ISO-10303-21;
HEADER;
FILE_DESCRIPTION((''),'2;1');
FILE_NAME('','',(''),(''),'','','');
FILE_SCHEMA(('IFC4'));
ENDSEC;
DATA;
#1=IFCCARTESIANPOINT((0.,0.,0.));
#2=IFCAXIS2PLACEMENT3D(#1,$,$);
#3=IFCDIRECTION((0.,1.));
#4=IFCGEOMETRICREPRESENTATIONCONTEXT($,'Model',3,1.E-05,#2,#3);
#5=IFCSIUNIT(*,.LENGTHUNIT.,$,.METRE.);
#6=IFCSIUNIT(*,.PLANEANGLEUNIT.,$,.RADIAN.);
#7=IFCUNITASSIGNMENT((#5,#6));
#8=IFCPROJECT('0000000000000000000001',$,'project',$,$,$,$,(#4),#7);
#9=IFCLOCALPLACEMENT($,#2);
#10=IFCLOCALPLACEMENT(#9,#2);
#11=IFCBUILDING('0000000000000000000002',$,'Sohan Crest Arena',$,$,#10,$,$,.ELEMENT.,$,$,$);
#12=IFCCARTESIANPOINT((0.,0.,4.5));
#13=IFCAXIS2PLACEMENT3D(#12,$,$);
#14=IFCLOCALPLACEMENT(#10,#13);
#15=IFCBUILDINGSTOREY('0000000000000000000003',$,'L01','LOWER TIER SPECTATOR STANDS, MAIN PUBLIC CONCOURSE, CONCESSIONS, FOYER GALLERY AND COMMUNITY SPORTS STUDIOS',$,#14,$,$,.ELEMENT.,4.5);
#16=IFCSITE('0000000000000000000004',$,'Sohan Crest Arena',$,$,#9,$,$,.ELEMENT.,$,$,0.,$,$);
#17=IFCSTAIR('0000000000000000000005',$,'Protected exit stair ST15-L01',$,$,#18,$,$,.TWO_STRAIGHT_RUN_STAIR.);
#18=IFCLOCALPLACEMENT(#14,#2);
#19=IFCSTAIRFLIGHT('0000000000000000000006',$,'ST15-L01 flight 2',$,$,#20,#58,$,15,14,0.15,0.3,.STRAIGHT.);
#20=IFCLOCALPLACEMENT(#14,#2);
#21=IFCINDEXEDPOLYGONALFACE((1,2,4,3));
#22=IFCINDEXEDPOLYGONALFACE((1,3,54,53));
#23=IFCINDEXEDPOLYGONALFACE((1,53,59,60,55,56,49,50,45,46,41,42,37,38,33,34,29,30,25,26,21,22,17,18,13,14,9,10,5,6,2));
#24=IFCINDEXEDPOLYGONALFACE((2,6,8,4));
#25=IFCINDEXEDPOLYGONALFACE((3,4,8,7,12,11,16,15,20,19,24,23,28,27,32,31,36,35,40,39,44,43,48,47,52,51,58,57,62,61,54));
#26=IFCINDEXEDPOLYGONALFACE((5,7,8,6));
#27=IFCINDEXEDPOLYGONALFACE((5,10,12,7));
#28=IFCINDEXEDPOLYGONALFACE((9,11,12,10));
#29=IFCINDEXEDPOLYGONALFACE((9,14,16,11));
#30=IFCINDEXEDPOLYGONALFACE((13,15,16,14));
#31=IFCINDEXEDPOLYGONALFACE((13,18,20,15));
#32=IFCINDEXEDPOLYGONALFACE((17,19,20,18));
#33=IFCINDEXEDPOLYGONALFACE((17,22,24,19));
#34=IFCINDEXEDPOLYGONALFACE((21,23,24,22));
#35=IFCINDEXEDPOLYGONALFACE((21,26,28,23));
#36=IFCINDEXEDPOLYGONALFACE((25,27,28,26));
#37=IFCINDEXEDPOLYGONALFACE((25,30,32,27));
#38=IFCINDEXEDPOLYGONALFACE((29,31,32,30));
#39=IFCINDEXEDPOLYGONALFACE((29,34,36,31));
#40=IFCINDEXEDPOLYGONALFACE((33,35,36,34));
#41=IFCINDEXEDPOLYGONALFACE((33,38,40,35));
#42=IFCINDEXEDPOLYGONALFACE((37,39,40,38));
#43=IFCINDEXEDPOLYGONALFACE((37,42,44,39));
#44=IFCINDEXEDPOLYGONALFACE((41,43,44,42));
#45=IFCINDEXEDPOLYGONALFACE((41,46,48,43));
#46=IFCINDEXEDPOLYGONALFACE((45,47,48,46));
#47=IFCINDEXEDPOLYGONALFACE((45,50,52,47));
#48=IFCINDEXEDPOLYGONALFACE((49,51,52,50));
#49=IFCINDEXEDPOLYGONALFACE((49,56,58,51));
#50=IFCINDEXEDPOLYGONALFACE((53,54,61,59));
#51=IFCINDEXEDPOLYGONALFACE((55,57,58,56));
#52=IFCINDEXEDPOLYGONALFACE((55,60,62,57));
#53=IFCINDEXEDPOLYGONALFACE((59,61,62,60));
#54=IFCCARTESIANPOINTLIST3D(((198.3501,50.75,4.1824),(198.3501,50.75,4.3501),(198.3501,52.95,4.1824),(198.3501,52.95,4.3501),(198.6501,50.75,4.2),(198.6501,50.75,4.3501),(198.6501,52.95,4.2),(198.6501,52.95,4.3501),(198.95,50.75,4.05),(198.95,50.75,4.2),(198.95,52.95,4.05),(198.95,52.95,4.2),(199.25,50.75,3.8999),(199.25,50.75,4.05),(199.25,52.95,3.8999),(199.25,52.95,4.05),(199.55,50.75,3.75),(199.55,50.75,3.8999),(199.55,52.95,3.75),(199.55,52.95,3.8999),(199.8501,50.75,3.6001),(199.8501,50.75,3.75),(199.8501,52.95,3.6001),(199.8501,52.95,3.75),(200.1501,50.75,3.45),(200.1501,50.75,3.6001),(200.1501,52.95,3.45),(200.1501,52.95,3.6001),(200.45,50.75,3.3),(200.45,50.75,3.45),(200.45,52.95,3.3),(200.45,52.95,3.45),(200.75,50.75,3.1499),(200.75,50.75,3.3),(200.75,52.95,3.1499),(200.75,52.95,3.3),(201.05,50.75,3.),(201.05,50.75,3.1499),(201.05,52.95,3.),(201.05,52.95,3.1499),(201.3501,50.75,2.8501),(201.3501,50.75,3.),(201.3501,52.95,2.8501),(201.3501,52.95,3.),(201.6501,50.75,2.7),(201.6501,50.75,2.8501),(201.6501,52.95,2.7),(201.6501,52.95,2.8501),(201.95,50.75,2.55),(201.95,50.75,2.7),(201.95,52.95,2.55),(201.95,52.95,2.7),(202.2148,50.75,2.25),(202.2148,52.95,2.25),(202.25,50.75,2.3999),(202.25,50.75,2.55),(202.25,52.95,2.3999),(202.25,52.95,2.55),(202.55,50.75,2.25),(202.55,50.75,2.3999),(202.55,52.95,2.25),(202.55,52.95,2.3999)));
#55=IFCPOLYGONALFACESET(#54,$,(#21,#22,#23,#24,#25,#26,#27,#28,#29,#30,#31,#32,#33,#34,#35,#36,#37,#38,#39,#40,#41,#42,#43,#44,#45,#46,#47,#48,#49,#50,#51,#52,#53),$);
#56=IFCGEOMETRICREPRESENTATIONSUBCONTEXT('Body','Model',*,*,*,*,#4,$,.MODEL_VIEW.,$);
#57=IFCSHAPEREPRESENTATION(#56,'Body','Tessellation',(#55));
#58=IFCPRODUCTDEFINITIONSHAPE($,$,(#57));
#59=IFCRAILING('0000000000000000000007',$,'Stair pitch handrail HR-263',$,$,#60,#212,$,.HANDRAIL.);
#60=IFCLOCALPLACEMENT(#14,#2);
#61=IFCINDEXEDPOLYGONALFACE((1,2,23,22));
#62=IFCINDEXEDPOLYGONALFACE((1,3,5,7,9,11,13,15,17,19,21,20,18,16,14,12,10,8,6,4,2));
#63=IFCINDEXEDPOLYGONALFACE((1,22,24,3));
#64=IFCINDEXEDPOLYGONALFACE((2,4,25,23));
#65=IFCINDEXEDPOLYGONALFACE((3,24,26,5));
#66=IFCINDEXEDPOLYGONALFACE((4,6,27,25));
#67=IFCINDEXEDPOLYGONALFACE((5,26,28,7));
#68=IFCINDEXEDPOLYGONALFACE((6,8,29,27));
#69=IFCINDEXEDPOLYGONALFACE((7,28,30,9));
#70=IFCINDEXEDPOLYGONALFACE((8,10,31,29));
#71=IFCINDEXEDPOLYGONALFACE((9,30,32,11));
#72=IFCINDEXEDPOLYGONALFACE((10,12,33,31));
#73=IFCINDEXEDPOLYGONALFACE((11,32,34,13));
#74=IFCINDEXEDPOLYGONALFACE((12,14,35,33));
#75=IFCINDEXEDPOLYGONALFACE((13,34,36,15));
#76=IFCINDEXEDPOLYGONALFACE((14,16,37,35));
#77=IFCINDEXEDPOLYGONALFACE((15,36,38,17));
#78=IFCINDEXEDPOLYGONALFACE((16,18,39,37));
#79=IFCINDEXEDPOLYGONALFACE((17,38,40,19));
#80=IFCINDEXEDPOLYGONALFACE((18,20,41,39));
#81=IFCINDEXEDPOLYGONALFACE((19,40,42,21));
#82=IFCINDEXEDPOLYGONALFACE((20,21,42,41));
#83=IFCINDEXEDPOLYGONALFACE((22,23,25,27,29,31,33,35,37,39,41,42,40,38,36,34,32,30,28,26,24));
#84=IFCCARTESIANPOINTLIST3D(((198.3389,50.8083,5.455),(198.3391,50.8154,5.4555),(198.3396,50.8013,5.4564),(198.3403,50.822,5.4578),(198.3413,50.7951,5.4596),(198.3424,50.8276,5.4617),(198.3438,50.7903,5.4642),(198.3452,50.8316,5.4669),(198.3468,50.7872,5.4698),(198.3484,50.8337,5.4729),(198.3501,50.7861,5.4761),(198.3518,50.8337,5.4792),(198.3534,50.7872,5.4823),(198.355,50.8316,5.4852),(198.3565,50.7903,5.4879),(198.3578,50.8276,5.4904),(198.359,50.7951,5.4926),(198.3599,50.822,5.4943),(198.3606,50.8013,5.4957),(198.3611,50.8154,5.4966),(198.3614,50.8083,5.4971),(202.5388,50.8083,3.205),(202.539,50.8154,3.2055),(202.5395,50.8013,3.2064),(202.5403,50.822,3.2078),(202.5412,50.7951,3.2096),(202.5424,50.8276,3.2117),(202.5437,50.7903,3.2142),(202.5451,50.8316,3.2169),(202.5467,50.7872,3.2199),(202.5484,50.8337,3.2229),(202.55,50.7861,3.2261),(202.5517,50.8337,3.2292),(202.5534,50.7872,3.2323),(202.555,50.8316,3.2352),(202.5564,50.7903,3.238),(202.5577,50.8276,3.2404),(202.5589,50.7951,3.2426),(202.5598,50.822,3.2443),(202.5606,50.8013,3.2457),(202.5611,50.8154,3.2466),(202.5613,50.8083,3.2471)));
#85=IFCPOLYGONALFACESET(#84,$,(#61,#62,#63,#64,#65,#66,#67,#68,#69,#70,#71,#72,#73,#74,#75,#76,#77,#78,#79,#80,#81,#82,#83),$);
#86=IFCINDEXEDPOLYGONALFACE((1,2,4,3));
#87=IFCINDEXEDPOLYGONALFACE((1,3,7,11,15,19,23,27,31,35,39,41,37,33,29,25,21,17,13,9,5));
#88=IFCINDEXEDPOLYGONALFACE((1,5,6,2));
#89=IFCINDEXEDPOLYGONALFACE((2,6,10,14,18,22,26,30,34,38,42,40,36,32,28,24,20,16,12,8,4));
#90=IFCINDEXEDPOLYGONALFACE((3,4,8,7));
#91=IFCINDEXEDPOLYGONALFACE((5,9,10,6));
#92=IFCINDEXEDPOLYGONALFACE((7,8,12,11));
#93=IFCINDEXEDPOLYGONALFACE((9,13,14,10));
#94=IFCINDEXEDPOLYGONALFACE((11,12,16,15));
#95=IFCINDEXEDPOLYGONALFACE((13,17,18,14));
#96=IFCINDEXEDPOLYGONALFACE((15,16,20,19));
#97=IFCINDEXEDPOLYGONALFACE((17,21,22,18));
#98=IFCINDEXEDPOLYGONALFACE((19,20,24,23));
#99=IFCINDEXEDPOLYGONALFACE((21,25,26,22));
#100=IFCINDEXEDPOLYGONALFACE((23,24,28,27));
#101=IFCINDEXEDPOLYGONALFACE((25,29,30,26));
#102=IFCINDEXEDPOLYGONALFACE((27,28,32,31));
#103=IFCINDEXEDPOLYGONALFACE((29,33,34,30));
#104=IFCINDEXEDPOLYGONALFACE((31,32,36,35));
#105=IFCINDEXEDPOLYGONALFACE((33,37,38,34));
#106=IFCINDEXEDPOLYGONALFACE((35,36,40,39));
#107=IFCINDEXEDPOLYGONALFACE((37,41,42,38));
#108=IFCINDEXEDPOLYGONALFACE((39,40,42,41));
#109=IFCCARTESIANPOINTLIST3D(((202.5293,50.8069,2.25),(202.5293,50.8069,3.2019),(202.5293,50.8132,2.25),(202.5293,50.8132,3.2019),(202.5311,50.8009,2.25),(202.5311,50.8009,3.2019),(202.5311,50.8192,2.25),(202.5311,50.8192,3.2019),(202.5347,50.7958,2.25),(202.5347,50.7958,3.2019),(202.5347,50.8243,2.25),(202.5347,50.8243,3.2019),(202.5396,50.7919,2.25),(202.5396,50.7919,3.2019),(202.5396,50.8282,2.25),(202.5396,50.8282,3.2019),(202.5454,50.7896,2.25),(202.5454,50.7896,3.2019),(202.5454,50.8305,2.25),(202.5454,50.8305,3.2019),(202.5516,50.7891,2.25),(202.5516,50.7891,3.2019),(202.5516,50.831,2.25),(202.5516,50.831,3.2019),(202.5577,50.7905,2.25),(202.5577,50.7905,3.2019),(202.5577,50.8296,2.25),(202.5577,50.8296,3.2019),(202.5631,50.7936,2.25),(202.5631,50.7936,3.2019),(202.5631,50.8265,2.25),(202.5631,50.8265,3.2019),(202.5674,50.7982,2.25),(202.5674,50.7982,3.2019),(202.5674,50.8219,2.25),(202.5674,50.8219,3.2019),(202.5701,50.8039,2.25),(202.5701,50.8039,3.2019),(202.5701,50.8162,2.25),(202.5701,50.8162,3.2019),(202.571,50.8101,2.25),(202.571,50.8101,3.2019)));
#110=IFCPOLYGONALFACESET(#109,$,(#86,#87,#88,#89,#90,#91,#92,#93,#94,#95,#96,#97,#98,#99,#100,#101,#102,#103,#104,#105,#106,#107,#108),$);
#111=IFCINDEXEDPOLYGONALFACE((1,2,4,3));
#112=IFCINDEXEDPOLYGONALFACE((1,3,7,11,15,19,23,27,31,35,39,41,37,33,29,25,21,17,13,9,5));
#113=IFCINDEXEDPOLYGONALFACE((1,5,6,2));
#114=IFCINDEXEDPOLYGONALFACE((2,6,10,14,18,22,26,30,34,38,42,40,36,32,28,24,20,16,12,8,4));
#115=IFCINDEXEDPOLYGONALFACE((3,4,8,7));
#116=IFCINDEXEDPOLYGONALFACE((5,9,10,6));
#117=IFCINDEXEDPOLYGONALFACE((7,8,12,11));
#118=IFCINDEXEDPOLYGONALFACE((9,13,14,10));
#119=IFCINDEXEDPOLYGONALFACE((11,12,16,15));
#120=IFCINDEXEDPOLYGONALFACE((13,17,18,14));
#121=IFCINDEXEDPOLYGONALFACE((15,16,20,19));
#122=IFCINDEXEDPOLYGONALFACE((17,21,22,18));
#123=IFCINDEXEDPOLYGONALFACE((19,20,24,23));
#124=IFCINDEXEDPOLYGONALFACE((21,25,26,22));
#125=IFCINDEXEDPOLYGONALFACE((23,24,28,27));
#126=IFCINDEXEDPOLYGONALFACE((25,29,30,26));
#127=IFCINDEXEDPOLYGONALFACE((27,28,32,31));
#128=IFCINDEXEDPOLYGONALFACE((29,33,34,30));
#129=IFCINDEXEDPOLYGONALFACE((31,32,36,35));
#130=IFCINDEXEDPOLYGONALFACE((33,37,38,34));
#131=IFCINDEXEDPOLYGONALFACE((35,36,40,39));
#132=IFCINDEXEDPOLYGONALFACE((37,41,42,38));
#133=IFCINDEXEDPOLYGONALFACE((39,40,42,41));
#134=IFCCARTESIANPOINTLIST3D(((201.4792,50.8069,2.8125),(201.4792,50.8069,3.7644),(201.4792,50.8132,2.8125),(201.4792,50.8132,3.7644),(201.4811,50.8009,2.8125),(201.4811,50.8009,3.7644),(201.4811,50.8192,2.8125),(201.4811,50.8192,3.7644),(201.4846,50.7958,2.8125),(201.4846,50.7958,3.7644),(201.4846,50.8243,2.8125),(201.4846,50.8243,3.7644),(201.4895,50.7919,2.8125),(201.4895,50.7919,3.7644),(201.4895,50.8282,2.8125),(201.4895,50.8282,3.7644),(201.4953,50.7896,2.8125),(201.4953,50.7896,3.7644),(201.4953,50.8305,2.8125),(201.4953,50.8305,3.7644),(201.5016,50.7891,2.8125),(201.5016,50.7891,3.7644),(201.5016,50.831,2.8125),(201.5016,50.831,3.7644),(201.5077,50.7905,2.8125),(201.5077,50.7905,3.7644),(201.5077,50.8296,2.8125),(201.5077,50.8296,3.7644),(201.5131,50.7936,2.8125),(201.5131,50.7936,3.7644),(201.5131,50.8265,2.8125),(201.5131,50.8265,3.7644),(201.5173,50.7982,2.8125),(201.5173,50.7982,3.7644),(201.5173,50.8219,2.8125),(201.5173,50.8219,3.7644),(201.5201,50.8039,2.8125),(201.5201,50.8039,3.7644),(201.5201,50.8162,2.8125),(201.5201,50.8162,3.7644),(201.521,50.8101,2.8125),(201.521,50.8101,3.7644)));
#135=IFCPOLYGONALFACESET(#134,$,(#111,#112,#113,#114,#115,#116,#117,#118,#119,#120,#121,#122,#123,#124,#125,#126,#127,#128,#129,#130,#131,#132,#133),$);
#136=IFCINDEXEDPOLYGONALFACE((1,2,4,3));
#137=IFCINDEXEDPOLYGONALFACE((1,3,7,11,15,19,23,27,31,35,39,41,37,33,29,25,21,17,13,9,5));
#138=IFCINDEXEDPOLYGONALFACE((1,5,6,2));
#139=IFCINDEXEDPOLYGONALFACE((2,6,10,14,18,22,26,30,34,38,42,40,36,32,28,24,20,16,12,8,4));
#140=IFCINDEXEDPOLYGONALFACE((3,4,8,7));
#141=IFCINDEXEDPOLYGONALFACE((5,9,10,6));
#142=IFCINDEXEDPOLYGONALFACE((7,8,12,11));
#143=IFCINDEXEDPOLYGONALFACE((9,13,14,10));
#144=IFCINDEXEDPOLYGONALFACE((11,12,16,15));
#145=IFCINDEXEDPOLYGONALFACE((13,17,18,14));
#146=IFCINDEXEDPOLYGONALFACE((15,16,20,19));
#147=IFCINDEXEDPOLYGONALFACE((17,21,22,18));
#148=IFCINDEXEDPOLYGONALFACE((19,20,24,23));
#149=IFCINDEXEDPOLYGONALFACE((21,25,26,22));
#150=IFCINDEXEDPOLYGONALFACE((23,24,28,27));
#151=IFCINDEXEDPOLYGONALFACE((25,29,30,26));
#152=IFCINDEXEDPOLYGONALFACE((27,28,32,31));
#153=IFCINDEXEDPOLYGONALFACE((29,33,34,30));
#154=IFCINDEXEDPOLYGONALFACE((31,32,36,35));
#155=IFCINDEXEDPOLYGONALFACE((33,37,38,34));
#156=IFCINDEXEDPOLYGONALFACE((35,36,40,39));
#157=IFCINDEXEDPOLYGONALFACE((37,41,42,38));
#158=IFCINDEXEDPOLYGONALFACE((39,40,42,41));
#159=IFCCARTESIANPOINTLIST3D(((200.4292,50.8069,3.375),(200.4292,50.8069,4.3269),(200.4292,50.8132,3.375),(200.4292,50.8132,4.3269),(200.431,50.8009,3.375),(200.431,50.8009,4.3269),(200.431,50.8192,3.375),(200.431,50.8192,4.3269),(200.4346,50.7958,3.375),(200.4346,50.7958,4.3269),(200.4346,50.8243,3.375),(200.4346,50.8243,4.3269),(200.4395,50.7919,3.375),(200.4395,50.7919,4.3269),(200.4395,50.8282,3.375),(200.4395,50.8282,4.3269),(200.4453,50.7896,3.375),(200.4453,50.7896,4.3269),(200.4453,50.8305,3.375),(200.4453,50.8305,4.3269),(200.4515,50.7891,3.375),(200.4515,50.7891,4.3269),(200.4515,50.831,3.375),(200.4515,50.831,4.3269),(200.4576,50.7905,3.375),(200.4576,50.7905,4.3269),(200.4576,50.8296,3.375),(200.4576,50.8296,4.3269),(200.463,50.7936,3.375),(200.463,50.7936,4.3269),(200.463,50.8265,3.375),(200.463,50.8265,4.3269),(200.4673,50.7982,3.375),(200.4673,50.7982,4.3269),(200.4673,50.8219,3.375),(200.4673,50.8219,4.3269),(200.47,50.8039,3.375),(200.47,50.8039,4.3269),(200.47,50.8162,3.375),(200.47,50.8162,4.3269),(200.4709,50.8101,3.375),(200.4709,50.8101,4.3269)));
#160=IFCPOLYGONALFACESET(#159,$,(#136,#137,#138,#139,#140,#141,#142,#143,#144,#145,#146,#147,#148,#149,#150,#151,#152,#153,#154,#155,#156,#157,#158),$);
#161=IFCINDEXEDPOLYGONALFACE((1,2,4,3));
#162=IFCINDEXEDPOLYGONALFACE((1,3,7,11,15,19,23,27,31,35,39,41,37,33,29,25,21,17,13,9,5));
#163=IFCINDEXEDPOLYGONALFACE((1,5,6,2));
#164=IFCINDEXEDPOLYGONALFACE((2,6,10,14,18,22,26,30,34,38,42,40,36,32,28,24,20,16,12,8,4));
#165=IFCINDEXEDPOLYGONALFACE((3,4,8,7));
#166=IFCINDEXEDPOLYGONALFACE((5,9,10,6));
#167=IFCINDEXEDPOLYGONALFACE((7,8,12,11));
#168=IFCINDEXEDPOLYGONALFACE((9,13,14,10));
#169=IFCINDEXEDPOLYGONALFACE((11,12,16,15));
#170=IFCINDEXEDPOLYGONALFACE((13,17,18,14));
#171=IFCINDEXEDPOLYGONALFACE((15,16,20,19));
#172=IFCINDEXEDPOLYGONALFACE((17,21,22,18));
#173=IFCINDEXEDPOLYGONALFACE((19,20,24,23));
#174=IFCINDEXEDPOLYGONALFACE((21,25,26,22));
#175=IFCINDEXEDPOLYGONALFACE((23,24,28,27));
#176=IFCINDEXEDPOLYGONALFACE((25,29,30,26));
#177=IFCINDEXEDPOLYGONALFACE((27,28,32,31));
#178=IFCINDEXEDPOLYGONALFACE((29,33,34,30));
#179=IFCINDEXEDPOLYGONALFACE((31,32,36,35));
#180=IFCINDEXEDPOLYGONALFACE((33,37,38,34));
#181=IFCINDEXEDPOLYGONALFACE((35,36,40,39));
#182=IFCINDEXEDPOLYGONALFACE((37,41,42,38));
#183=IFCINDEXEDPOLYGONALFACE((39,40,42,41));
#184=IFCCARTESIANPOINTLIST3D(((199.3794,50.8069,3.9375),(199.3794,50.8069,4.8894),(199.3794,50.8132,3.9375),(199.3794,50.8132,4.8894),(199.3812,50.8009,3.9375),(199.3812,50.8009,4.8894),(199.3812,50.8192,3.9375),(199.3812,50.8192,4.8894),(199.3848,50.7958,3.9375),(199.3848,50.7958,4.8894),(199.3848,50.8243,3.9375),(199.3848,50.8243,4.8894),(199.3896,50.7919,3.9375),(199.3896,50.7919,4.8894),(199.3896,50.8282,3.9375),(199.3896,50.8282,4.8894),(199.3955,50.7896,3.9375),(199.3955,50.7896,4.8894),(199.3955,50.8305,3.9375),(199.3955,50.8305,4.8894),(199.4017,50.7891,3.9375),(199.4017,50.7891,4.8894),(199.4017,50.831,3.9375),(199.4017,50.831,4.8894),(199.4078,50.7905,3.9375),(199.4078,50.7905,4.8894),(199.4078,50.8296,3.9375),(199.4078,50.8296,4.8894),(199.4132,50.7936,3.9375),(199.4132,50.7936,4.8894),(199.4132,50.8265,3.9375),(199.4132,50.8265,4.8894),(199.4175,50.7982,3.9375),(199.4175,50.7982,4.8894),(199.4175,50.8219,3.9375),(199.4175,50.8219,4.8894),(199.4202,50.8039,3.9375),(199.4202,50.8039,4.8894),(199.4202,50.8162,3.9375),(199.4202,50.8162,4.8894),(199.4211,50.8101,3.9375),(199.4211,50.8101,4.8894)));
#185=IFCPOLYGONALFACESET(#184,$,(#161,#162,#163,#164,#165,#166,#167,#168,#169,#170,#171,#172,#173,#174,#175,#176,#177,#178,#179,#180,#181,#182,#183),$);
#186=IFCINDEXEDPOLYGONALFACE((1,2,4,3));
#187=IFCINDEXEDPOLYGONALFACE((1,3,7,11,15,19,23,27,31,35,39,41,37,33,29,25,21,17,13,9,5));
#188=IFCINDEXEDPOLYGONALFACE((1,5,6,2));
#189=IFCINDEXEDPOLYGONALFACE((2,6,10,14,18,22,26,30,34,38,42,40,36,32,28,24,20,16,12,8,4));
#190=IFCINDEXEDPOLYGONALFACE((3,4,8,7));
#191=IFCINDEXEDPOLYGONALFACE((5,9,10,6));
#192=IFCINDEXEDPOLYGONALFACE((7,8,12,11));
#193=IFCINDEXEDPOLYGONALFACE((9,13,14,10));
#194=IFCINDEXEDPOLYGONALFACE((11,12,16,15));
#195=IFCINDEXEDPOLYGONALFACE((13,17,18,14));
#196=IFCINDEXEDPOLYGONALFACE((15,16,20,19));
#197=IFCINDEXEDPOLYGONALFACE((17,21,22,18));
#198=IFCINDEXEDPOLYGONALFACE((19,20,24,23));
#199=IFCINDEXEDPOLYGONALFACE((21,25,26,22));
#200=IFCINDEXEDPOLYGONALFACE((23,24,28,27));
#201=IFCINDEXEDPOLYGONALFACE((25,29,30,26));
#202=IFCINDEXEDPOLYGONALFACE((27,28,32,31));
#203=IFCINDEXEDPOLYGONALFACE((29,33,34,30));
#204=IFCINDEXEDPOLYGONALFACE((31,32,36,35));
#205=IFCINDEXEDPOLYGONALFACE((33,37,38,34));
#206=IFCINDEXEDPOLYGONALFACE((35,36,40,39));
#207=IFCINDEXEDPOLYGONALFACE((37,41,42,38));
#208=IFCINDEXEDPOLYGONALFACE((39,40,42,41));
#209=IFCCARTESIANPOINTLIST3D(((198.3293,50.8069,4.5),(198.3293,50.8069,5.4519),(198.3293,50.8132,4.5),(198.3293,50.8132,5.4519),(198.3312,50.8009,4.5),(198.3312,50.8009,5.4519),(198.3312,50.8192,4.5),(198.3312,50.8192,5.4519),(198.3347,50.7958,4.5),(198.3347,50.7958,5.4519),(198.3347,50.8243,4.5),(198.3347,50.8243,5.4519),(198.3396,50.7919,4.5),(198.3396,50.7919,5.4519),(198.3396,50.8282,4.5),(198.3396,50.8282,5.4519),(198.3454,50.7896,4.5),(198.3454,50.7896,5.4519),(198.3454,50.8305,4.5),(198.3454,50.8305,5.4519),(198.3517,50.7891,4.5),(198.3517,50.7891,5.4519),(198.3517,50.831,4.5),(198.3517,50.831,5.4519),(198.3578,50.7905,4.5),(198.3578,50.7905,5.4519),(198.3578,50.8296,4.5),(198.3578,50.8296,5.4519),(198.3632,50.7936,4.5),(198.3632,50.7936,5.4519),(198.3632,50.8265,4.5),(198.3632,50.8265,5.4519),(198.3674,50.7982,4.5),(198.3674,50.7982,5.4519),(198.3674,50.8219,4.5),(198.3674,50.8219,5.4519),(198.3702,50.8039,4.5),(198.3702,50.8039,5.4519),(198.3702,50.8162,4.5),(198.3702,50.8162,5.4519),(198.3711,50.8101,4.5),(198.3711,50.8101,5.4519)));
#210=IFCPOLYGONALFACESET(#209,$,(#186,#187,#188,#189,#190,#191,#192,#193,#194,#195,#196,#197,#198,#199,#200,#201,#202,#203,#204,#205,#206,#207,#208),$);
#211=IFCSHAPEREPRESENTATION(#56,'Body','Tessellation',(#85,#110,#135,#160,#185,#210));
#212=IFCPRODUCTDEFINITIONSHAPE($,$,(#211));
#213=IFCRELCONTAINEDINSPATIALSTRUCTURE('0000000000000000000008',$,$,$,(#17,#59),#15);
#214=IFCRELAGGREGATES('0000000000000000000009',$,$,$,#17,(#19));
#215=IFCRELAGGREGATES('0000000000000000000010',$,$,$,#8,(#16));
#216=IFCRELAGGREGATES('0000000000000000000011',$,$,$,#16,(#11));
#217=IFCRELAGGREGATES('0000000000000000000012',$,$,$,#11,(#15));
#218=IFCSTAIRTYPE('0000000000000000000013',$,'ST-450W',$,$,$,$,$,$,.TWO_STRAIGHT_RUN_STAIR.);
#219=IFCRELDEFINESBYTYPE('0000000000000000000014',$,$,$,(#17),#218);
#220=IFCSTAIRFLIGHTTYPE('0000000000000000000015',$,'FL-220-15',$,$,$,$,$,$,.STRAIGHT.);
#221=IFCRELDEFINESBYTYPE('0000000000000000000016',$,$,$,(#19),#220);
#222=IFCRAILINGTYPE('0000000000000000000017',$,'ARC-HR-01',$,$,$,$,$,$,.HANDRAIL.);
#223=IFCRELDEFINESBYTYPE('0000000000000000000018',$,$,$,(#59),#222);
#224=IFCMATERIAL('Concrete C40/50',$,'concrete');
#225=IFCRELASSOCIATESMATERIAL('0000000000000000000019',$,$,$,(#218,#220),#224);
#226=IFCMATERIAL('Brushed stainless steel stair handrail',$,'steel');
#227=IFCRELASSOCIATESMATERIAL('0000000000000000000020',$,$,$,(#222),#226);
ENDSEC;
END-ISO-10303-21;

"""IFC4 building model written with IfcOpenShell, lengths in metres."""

from ifc_helpers import new_model, si_unit, direction, frame, origin, origin_2d, place, context, subcontext, project, spatial, polyline, circle, outline, extrude, material, type_object, element, aggregate, save


model = new_model("IFC4")

# Units and contexts
model_context = context("Model", 3, precision=1e-05, world=origin(), true_north=direction((0.0, 1.0)))
body_context = subcontext(model_context, "Body", "Model", "MODEL_VIEW")
ifc_project = project(units=[si_unit("LENGTHUNIT", "METRE"), si_unit("PLANEANGLEUNIT", "RADIAN")], contexts=[model_context])

# Site, building, storey
site_placement = place(None, origin())
site = spatial("IfcSite", under=ifc_project, at=site_placement, Name="Sohan Crest Arena", CompositionType="ELEMENT", RefElevation=0.0)
building_placement = place(site_placement, origin())
building = spatial("IfcBuilding", under=site, at=building_placement, Name="Sohan Crest Arena", CompositionType="ELEMENT")
storey_placement = place(building_placement, frame((0.0, 0.0, 4.5)))
storey = spatial("IfcBuildingStorey", under=building, at=storey_placement, Name="L01", Description="LOWER TIER SPECTATOR STANDS, MAIN PUBLIC CONCOURSE, CONCESSIONS, FOYER GALLERY AND COMMUNITY SPORTS STUDIOS", CompositionType="ELEMENT", Elevation=4.5)

# Shared definitions
ifc_material_1 = material(Name="Concrete C40/50", Category="concrete")

# Stair, stair flight
stair_type = type_object("IfcStairType", Name="ST-450W", PredefinedType="TWO_STRAIGHT_RUN_STAIR", material=ifc_material_1)
stair_placement = place(storey_placement, origin())
stair = element("IfcStair", 1, at=stair_placement, inside=storey, type_object=stair_type, Name="Protected exit stair ST15-L01", PredefinedType="TWO_STRAIGHT_RUN_STAIR")
stair_flight_type = type_object("IfcStairFlightType", Name="FL-220-15", PredefinedType="STRAIGHT", material=ifc_material_1)
stair_flight_placement = place(storey_placement, frame((202.55, 51.8501, 2.25), z_axis=(0.0, 0.0, 1.0), x_axis=(-1.0, 0.0, 0.0)))
stair_flight = element("IfcStairFlight", 2, at=stair_flight_placement, type_object=stair_flight_type, Name="ST15-L01 flight 2", NumberOfRisers=15, NumberOfTreads=14, PredefinedType="STRAIGHT", RiserHeight=0.15, TreadLength=0.3, context=body_context, shape_type="SweptSolid", body=[
    extrude(outline(polyline([(0.0, 0.0), (0.0, 0.1499), (0.3, 0.1499), (0.3, 0.3), (0.6001, 0.3), (0.6001, 0.45), (0.8999, 0.45), (0.8999, 0.6001), (1.2, 0.6001), (1.2, 0.75), (1.5, 0.75), (1.5, 0.8999), (1.8, 0.8999), (1.8, 1.05), (2.1001, 1.05), (2.1001, 1.2), (2.3999, 1.2), (2.3999, 1.3501), (2.7, 1.3501), (2.7, 1.5), (3.0, 1.5), (3.0, 1.6499), (3.3, 1.6499), (3.3, 1.8), (3.6001, 1.8), (3.6001, 1.95), (3.8999, 1.95), (3.8999, 2.1001), (4.2, 2.1001), (4.2, 2.25), (4.2, 1.9324), (0.3352, 0.0), (0.0, 0.0)])), frame((0.0, 1.1001, 0.0), z_axis=(0.0, -1.0, 0.0), x_axis=(1.0, 0.0, 0.0)), (0.0, 0.0, 1.0), 2.2),
])
aggregate(stair, [stair_flight])

# Railing
ifc_material_2 = material(Name="Brushed stainless steel stair handrail", Category="steel")
railing_type = type_object("IfcRailingType", Name="ARC-HR-01", PredefinedType="HANDRAIL", material=ifc_material_2)
railing_1_placement = place(storey_placement, frame((202.55, 50.8101, 2.25)))
element("IfcRailing", 3, at=railing_1_placement, inside=storey, type_object=railing_type, Name="Stair pitch handrail HR-263", PredefinedType="HANDRAIL", context=body_context, shape_type="SweptSolid", body=[
    extrude(circle(Radius=0.0239, at=origin_2d()), frame((0.0, 0.0, 0.9761), z_axis=(-0.881478, 0.0, 0.472226), x_axis=(0.0, -1.0, 0.0)), (0.0, 0.0, 1.0), 4.7646),
    extrude(circle(Radius=0.021, at=origin_2d()), origin(), (0.0, 0.0, 1.0), 0.9519),
    extrude(circle(Radius=0.021, at=origin_2d()), frame((-1.05, 0.0, 0.5625)), (0.0, 0.0, 1.0), 0.9519),
    extrude(circle(Radius=0.021, at=origin_2d()), frame((-2.1001, 0.0, 1.125)), (0.0, 0.0, 1.0), 0.9519),
    extrude(circle(Radius=0.021, at=origin_2d()), frame((-3.1499, 0.0, 1.6875)), (0.0, 0.0, 1.0), 0.9519),
    extrude(circle(Radius=0.021, at=origin_2d()), frame((-4.2, 0.0, 2.25)), (0.0, 0.0, 1.0), 0.9519),
])

save(model, "model.ifc")
